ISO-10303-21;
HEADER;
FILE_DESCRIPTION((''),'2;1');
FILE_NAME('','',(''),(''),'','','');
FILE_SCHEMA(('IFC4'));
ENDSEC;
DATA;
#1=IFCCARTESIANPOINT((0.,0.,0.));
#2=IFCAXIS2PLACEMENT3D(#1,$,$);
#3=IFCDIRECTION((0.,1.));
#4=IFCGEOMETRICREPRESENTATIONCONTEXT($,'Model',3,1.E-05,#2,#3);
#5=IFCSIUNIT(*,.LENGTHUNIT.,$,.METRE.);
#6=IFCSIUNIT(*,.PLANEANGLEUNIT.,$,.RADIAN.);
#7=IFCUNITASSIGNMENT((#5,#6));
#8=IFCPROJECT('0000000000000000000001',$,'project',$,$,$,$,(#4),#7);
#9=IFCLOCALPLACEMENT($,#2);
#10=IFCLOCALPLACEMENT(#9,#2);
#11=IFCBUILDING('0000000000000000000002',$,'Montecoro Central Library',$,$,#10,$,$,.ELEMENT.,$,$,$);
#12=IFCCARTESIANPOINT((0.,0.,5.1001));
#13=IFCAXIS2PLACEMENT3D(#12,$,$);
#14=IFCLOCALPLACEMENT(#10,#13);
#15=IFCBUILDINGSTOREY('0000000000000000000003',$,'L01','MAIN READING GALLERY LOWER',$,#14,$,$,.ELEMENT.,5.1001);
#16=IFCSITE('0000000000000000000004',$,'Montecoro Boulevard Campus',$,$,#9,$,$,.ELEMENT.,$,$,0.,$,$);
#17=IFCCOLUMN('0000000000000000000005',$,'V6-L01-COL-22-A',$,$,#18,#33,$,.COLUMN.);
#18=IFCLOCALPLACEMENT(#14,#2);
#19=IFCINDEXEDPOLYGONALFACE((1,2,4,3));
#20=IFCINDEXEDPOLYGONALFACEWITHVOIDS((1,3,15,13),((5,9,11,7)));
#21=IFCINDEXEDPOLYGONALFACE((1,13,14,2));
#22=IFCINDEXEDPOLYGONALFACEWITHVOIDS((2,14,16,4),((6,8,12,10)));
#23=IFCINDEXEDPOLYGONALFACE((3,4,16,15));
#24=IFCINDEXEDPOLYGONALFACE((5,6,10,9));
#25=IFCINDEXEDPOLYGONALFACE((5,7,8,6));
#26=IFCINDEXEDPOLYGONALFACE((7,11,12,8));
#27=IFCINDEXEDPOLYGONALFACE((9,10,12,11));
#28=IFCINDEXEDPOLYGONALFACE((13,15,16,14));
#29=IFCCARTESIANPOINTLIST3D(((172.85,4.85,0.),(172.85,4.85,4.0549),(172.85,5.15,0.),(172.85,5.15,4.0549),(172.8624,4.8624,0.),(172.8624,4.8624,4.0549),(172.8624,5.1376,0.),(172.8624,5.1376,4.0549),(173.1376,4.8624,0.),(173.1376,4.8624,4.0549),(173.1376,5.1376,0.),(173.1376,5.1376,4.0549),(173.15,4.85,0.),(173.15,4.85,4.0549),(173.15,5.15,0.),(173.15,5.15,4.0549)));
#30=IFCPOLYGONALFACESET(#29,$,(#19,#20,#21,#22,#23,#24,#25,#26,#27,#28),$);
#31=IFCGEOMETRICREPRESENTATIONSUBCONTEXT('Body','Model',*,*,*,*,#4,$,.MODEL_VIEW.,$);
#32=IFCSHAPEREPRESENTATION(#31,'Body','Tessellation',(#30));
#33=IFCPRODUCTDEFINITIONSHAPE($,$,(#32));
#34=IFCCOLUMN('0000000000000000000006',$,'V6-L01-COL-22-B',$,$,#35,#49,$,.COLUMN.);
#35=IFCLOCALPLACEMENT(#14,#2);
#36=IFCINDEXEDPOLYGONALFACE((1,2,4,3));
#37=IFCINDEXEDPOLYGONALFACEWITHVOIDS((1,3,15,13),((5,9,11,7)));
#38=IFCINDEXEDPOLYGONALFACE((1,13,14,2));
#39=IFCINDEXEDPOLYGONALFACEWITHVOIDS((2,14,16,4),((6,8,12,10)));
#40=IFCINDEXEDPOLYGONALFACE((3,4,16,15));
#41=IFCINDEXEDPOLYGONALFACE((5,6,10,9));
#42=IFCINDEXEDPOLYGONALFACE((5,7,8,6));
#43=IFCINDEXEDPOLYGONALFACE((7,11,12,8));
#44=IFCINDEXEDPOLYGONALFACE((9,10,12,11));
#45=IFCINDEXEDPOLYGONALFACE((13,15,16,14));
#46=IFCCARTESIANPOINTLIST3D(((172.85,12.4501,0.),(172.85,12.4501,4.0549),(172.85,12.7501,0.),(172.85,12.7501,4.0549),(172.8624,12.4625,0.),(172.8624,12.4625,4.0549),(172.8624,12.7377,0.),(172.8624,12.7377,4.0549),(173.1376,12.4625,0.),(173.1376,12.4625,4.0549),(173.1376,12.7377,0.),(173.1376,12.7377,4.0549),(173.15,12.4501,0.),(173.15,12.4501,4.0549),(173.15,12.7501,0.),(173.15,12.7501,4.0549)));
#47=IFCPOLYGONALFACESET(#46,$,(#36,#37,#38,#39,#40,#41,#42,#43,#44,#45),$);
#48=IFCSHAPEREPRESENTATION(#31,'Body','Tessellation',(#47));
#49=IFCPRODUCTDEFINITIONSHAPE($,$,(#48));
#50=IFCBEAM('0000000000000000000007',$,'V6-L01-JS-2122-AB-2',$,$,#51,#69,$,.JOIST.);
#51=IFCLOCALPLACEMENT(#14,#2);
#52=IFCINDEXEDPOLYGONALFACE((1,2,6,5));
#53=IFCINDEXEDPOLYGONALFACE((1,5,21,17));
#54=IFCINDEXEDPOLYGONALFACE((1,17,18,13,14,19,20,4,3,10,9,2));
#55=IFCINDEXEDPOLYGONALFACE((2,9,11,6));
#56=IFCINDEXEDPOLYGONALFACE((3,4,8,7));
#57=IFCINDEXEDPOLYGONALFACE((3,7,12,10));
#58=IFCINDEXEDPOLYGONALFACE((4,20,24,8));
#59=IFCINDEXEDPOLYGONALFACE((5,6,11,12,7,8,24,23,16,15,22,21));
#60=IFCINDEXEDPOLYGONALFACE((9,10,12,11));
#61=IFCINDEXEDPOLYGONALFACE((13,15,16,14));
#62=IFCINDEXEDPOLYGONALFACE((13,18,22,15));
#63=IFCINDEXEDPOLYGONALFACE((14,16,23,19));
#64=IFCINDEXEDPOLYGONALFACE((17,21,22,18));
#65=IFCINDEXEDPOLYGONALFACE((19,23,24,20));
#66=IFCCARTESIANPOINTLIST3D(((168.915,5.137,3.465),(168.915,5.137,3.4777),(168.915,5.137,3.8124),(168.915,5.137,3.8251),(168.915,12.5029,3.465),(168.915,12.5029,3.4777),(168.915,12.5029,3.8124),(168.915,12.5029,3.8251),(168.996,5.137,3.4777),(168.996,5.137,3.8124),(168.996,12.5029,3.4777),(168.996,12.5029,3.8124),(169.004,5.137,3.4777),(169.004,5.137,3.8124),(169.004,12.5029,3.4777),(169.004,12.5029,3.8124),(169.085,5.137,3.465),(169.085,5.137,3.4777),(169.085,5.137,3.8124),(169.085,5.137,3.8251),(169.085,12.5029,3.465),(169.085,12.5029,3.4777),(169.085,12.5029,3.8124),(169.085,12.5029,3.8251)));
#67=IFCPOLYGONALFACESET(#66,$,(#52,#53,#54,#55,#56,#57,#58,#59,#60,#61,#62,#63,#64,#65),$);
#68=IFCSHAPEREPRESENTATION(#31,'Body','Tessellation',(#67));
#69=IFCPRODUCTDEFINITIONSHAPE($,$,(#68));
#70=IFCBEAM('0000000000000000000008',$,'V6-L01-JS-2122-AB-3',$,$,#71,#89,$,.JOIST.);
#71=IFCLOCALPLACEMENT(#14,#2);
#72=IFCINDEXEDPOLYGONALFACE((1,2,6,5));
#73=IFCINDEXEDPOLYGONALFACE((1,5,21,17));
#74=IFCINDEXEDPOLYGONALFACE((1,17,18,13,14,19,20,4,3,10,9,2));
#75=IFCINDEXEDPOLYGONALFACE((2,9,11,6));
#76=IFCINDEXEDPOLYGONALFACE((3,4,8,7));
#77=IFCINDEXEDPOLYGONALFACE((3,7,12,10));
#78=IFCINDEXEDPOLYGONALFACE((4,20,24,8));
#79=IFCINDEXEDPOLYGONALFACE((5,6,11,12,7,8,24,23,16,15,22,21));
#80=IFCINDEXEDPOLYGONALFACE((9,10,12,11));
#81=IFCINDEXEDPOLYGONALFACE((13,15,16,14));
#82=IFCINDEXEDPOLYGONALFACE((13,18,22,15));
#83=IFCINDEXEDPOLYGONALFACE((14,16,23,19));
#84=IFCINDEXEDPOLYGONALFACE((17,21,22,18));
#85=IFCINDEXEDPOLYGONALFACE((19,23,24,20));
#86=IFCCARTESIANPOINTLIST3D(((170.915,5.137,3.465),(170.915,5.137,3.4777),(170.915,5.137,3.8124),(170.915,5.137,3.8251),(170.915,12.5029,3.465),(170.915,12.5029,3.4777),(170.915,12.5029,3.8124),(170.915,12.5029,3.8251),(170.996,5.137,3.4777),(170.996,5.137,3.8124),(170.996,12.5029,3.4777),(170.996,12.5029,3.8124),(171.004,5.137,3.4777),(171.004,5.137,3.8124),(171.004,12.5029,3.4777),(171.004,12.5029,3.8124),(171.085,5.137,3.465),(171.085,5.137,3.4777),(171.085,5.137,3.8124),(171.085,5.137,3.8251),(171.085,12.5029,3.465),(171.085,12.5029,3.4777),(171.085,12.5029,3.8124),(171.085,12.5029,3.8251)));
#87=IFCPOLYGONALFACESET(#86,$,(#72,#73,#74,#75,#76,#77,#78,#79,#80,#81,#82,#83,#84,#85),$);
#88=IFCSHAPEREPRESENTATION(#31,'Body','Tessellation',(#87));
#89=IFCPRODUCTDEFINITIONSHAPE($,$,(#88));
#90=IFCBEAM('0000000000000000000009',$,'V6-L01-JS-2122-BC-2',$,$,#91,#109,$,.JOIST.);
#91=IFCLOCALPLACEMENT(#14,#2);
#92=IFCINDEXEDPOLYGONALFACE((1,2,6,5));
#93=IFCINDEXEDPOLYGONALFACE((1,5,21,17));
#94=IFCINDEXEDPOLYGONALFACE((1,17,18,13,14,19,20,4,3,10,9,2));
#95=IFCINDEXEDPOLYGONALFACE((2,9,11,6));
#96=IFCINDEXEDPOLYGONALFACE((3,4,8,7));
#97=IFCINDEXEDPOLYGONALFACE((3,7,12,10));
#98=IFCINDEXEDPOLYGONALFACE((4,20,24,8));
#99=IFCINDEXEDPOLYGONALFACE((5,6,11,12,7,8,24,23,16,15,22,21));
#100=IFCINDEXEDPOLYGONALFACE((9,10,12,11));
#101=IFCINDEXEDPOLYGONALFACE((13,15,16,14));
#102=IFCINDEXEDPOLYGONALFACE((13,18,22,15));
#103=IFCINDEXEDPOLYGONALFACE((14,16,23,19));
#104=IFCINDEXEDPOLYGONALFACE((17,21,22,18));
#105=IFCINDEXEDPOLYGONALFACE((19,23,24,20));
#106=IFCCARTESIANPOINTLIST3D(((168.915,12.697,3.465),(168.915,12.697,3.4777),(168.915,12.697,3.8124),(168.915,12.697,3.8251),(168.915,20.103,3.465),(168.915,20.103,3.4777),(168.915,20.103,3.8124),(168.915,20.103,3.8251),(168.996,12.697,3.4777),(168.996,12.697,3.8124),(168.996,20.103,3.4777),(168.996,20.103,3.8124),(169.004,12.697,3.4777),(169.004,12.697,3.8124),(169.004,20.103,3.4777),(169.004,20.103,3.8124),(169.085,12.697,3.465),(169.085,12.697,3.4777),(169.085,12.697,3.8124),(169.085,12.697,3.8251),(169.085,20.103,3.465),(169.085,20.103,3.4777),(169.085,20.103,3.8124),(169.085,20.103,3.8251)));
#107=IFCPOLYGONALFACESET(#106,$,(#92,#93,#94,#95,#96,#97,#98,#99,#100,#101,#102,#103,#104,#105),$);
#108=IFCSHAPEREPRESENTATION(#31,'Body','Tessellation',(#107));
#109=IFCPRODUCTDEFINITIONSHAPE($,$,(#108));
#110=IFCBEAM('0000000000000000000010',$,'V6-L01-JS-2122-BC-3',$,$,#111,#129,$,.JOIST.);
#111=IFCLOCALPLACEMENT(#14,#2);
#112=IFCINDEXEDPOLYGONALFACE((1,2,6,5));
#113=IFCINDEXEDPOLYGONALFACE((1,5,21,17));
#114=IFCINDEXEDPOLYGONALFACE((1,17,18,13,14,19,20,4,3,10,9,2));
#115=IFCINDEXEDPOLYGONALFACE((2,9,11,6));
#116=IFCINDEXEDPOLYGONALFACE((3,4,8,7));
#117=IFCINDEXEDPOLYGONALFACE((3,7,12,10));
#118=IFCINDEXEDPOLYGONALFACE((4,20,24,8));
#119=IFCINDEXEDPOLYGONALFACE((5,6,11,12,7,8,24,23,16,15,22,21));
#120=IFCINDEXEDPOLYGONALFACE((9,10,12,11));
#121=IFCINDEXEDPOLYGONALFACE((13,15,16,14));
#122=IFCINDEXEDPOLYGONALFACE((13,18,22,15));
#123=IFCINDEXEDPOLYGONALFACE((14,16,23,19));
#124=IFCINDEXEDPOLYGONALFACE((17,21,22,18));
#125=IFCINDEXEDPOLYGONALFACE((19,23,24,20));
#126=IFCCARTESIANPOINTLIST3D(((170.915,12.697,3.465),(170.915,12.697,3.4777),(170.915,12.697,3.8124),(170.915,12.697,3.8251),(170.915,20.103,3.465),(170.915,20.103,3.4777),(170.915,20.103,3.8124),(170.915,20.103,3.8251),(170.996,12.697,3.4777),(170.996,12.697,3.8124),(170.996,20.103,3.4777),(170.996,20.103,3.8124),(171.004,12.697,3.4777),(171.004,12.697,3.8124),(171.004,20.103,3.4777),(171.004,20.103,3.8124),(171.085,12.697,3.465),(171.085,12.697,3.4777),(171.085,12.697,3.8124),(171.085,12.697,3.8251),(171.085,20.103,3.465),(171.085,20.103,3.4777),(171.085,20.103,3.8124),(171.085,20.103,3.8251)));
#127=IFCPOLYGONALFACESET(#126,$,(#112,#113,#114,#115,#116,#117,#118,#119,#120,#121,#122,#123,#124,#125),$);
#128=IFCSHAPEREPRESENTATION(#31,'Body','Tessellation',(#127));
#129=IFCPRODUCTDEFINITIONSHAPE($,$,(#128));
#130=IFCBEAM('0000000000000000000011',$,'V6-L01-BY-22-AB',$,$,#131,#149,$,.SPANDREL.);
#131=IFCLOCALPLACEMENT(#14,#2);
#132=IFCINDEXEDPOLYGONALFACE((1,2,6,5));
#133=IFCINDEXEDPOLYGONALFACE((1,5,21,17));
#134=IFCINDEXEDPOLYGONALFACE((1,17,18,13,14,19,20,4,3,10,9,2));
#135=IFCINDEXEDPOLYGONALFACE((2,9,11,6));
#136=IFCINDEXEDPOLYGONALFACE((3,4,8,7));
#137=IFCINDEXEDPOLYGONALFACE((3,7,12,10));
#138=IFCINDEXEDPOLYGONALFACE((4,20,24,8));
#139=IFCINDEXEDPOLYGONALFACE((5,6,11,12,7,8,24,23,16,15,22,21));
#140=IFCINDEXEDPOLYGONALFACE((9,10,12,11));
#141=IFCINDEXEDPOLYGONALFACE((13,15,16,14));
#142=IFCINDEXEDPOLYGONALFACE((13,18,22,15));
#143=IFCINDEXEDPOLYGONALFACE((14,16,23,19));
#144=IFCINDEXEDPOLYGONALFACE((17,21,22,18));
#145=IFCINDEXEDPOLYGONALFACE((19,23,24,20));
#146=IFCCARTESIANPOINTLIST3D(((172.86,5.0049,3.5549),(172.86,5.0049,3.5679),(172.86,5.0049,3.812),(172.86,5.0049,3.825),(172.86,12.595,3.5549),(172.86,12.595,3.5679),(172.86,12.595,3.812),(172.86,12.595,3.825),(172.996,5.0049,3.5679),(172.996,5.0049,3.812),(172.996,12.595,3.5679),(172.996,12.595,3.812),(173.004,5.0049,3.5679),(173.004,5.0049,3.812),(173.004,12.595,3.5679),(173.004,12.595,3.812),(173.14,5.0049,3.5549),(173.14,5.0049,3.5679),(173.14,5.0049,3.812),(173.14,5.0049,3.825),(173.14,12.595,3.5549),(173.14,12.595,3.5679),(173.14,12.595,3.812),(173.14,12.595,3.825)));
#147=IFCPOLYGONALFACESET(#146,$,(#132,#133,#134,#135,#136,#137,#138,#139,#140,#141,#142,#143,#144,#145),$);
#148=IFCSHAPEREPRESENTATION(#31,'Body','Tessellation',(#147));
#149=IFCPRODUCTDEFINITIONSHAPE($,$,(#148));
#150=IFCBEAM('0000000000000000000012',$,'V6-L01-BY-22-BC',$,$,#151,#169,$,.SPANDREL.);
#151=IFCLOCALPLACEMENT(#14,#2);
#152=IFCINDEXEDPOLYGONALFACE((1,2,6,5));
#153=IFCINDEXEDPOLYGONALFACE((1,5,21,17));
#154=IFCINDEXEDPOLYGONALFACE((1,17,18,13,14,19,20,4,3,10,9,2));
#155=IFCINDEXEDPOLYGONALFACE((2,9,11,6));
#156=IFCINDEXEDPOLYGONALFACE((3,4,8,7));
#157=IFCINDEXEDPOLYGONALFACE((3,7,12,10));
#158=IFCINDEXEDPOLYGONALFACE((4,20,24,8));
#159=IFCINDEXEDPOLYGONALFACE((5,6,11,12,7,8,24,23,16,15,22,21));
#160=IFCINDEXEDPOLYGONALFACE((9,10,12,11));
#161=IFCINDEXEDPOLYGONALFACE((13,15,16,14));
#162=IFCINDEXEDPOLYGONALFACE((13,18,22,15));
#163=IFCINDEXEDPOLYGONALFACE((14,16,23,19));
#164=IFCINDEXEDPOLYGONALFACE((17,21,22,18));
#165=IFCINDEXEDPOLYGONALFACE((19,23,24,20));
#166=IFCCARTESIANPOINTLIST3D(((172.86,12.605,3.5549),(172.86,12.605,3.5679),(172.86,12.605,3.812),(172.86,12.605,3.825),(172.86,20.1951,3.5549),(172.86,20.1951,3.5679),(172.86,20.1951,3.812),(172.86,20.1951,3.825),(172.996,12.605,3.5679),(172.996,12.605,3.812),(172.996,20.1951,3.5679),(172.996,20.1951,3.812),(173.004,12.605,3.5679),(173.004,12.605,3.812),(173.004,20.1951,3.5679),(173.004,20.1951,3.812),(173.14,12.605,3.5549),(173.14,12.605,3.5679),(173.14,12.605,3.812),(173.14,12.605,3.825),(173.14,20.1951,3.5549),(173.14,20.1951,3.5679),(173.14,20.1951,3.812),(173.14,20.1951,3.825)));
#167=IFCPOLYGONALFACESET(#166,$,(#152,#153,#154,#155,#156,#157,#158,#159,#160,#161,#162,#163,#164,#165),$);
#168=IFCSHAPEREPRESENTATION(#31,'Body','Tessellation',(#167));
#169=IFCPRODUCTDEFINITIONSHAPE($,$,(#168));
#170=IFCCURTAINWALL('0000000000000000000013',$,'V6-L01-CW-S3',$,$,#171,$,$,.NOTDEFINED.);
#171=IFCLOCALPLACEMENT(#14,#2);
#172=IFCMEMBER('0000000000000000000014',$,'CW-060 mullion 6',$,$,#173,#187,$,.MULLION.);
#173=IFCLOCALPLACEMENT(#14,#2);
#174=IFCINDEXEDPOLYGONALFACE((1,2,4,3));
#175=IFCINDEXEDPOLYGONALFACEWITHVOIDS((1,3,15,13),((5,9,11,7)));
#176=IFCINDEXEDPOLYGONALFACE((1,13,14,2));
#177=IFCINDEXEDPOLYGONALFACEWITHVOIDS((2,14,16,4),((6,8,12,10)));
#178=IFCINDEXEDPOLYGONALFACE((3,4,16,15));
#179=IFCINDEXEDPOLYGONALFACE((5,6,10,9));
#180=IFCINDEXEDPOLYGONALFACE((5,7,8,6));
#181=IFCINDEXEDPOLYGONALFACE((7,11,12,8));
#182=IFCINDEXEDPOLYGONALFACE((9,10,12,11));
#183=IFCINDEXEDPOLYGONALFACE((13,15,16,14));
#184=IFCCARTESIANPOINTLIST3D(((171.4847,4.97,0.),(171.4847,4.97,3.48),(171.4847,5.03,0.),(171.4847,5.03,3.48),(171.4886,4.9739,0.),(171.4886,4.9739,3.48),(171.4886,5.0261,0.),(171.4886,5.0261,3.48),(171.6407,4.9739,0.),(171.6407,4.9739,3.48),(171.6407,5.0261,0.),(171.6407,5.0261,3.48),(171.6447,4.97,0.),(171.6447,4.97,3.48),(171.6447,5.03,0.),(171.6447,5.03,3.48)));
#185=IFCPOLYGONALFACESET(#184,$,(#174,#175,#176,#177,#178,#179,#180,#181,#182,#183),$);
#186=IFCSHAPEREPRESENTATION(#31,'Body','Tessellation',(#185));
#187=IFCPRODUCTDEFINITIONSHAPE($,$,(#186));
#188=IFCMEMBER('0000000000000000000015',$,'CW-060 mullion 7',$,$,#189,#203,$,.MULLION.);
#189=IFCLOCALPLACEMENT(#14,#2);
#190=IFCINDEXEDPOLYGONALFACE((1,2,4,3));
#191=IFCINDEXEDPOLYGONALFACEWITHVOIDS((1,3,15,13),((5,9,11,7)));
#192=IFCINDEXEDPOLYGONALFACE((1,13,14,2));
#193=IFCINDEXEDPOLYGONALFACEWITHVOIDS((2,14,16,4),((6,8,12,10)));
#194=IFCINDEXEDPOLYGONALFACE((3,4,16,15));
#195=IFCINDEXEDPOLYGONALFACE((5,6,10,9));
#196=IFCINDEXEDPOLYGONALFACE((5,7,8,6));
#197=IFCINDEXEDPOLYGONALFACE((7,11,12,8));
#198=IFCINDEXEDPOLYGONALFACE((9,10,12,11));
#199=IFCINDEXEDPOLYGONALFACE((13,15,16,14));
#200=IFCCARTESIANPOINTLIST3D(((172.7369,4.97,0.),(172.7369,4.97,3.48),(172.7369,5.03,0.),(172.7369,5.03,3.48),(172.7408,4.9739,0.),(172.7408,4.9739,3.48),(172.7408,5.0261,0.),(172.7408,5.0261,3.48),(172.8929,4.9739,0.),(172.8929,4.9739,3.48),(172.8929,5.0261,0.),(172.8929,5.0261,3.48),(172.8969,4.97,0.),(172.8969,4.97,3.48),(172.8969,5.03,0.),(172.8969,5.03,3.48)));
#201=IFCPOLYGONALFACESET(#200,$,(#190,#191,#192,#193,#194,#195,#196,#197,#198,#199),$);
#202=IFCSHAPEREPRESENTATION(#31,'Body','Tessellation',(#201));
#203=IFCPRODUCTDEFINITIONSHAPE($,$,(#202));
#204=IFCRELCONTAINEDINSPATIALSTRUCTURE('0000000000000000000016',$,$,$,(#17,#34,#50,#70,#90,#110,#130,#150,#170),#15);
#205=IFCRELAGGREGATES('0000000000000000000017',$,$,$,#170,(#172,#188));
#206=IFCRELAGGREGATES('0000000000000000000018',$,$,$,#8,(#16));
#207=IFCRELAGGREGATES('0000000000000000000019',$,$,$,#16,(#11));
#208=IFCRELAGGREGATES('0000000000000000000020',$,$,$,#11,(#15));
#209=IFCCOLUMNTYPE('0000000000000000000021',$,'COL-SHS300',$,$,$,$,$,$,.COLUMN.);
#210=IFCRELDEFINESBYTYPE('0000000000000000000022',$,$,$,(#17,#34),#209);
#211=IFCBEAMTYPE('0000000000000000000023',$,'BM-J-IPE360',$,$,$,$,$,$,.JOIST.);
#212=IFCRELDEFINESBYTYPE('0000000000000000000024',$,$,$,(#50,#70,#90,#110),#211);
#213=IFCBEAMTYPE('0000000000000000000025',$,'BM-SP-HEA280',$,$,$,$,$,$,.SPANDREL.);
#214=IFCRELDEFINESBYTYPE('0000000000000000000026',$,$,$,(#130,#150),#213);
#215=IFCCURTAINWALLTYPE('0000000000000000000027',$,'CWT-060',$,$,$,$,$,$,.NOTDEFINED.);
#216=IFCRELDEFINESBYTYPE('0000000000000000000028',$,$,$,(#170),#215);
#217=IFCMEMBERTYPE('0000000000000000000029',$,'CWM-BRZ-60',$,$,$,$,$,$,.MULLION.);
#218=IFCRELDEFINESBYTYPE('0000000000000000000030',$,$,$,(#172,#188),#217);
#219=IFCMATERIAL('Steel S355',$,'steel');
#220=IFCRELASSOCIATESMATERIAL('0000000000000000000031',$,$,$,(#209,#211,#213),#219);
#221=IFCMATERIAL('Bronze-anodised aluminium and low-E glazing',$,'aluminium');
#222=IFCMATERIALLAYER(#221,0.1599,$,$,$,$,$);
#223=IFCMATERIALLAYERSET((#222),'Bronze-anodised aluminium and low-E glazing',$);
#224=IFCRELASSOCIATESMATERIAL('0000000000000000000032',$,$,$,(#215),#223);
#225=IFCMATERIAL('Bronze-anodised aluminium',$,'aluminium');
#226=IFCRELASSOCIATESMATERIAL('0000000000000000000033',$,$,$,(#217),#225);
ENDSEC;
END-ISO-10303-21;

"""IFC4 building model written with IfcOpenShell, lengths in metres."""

from ifc_helpers import new_model, si_unit, direction, frame, origin, origin_2d, place, context, subcontext, project, spatial, hollow_rectangle, i_section, extrude, material, layer, layer_set, material_profile, profile_set, type_object, element, aggregate, save


model = new_model("IFC4")

# Units and contexts
model_context = context("Model", 3, precision=1e-05, world=origin(), true_north=direction((0.0, 1.0)))
body_context = subcontext(model_context, "Body", "Model", "MODEL_VIEW")
ifc_project = project(units=[si_unit("LENGTHUNIT", "METRE"), si_unit("PLANEANGLEUNIT", "RADIAN")], contexts=[model_context])

# Site, building, storey
site_placement = place(None, origin())
site = spatial("IfcSite", under=ifc_project, at=site_placement, Name="Montecoro Boulevard Campus", CompositionType="ELEMENT", RefElevation=0.0)
building_placement = place(site_placement, origin())
building = spatial("IfcBuilding", under=site, at=building_placement, Name="Montecoro Central Library", CompositionType="ELEMENT")
storey_placement = place(building_placement, frame((0.0, 0.0, 5.1001)))
storey = spatial("IfcBuildingStorey", under=building, at=storey_placement, Name="L01", Description="MAIN READING GALLERY LOWER", CompositionType="ELEMENT", Elevation=5.1001)

# Columns
ifc_material_1 = material(Name="Steel S355", Category="steel")
ifc_material_profile_1 = material_profile(ifc_material_1, hollow_rectangle(XDim=0.3, YDim=0.3, WallThickness=0.0125, at=origin_2d()), Name="SHS 300x300x12.5")
ifc_profile_set_1 = profile_set([ifc_material_profile_1], Name="Steel S355")
column_type = type_object("IfcColumnType", Name="COL-SHS300", PredefinedType="COLUMN", material=ifc_profile_set_1)
for number, where, z_axis, x_axis, name in (
    (1, (173.0, 5.0, 0.0), (0.0, 0.0, 1.0), (1.0, 0.0, 0.0), "V6-L01-COL-22-A"),
    (2, (173.0, 12.6001, 0.0), (0.0, 0.0, 1.0), (1.0, 0.0, 0.0), "V6-L01-COL-22-B"),
):
    element("IfcColumn", number, at=place(storey_placement, frame(where, z_axis=z_axis, x_axis=x_axis)), inside=storey, type_object=column_type, Name=name, PredefinedType="COLUMN", context=body_context, shape_type="SweptSolid", body=[
        extrude(hollow_rectangle(XDim=0.3, YDim=0.3, WallThickness=0.0125, at=origin_2d()), origin(), (0.0, 0.0, 1.0), 4.0549),
    ])

# Beams
ifc_material_profile_2 = material_profile(ifc_material_1, i_section(OverallWidth=0.1699, OverallDepth=0.3601, WebThickness=0.0081, FlangeThickness=0.0127, at=origin_2d()), Name="IPE 360")
ifc_profile_set_2 = profile_set([ifc_material_profile_2], Name="Steel S355")
beam_type_1 = type_object("IfcBeamType", Name="BM-J-IPE360", PredefinedType="JOIST", material=ifc_profile_set_2)
for number, where, z_axis, x_axis, name in (
    (3, (169.0, 5.137, 3.645), (0.0, 1.0, 0.0), (-1.0, 0.0, 0.0), "V6-L01-JS-2122-AB-2"),
    (4, (171.0, 5.137, 3.645), (0.0, 1.0, 0.0), (-1.0, 0.0, 0.0), "V6-L01-JS-2122-AB-3"),
):
    element("IfcBeam", number, at=place(storey_placement, frame(where, z_axis=z_axis, x_axis=x_axis)), inside=storey, type_object=beam_type_1, Name=name, PredefinedType="JOIST", context=body_context, shape_type="SweptSolid", body=[
        extrude(i_section(OverallWidth=0.1699, OverallDepth=0.3601, WebThickness=0.0081, FlangeThickness=0.0127, at=origin_2d()), origin(), (0.0, 0.0, 1.0), 7.366),
    ])
for number, where, z_axis, x_axis, name in (
    (5, (169.0, 12.697, 3.645), (0.0, 1.0, 0.0), (-1.0, 0.0, 0.0), "V6-L01-JS-2122-BC-2"),
    (6, (171.0, 12.697, 3.645), (0.0, 1.0, 0.0), (-1.0, 0.0, 0.0), "V6-L01-JS-2122-BC-3"),
):
    element("IfcBeam", number, at=place(storey_placement, frame(where, z_axis=z_axis, x_axis=x_axis)), inside=storey, type_object=beam_type_1, Name=name, PredefinedType="JOIST", context=body_context, shape_type="SweptSolid", body=[
        extrude(i_section(OverallWidth=0.1699, OverallDepth=0.3601, WebThickness=0.0081, FlangeThickness=0.0127, at=origin_2d()), origin(), (0.0, 0.0, 1.0), 7.406),
    ])
ifc_material_profile_3 = material_profile(ifc_material_1, i_section(OverallWidth=0.28, OverallDepth=0.27, WebThickness=0.0081, FlangeThickness=0.0129, at=origin_2d()), Name="HEA 280")
ifc_profile_set_3 = profile_set([ifc_material_profile_3], Name="Steel S355")
beam_type_2 = type_object("IfcBeamType", Name="BM-SP-HEA280", PredefinedType="SPANDREL", material=ifc_profile_set_3)
for number, where, z_axis, x_axis, name in (
    (7, (173.0, 5.0049, 3.6899), (0.0, 1.0, 0.0), (-1.0, 0.0, 0.0), "V6-L01-BY-22-AB"),
    (8, (173.0, 12.605, 3.6899), (0.0, 1.0, 0.0), (-1.0, 0.0, 0.0), "V6-L01-BY-22-BC"),
):
    element("IfcBeam", number, at=place(storey_placement, frame(where, z_axis=z_axis, x_axis=x_axis)), inside=storey, type_object=beam_type_2, Name=name, PredefinedType="SPANDREL", context=body_context, shape_type="SweptSolid", body=[
        extrude(i_section(OverallWidth=0.28, OverallDepth=0.27, WebThickness=0.0081, FlangeThickness=0.0129, at=origin_2d()), origin(), (0.0, 0.0, 1.0), 7.5901),
    ])

# Curtain wall, members
ifc_material_2 = material(Name="Bronze-anodised aluminium and low-E glazing", Category="aluminium")
ifc_layer_1 = layer(ifc_material_2, 0.1599)
ifc_layer_set_1 = layer_set([ifc_layer_1], Name="Bronze-anodised aluminium and low-E glazing")
curtain_wall_type_1 = type_object("IfcCurtainWallType", Name="CWT-060", PredefinedType="NOTDEFINED", material=ifc_layer_set_1)
curtain_wall_1_placement = place(storey_placement, origin())
curtain_wall_1 = element("IfcCurtainWall", 9, at=curtain_wall_1_placement, inside=storey, type_object=curtain_wall_type_1, Name="V6-L01-CW-S3", PredefinedType="NOTDEFINED")
ifc_material_3 = material(Name="Bronze-anodised aluminium", Category="aluminium")
ifc_material_profile_4 = material_profile(ifc_material_3, hollow_rectangle(XDim=0.0601, YDim=0.1599, WallThickness=0.0039, at=origin_2d()), Name="CWM 160x60x4.0")
ifc_profile_set_4 = profile_set([ifc_material_profile_4], Name="Bronze-anodised aluminium")
member_type_1 = type_object("IfcMemberType", Name="CWM-BRZ-60", PredefinedType="MULLION", material=ifc_profile_set_4)
member_1_placement = place(storey_placement, frame((171.5647, 5.0, 0.0), z_axis=(0.0, 0.0, 1.0), x_axis=(0.0, 1.0, 0.0)))
member_1 = element("IfcMember", 10, at=member_1_placement, type_object=member_type_1, Name="CW-060 mullion 6", PredefinedType="MULLION", context=body_context, shape_type="SweptSolid", body=[
    extrude(hollow_rectangle(XDim=0.0601, YDim=0.1599, WallThickness=0.0039, at=origin_2d()), origin(), (0.0, 0.0, 1.0), 3.48),
])
member_2_placement = place(storey_placement, frame((172.8169, 5.0, 0.0), z_axis=(0.0, 0.0, 1.0), x_axis=(0.0, 1.0, 0.0)))
member_2 = element("IfcMember", 11, at=member_2_placement, type_object=member_type_1, Name="CW-060 mullion 7", PredefinedType="MULLION", context=body_context, shape_type="SweptSolid", body=[
    extrude(hollow_rectangle(XDim=0.0601, YDim=0.1599, WallThickness=0.0039, at=origin_2d()), origin(), (0.0, 0.0, 1.0), 3.48),
])

aggregate(curtain_wall_1, [member_1, member_2])

save(model, "model.ifc")
